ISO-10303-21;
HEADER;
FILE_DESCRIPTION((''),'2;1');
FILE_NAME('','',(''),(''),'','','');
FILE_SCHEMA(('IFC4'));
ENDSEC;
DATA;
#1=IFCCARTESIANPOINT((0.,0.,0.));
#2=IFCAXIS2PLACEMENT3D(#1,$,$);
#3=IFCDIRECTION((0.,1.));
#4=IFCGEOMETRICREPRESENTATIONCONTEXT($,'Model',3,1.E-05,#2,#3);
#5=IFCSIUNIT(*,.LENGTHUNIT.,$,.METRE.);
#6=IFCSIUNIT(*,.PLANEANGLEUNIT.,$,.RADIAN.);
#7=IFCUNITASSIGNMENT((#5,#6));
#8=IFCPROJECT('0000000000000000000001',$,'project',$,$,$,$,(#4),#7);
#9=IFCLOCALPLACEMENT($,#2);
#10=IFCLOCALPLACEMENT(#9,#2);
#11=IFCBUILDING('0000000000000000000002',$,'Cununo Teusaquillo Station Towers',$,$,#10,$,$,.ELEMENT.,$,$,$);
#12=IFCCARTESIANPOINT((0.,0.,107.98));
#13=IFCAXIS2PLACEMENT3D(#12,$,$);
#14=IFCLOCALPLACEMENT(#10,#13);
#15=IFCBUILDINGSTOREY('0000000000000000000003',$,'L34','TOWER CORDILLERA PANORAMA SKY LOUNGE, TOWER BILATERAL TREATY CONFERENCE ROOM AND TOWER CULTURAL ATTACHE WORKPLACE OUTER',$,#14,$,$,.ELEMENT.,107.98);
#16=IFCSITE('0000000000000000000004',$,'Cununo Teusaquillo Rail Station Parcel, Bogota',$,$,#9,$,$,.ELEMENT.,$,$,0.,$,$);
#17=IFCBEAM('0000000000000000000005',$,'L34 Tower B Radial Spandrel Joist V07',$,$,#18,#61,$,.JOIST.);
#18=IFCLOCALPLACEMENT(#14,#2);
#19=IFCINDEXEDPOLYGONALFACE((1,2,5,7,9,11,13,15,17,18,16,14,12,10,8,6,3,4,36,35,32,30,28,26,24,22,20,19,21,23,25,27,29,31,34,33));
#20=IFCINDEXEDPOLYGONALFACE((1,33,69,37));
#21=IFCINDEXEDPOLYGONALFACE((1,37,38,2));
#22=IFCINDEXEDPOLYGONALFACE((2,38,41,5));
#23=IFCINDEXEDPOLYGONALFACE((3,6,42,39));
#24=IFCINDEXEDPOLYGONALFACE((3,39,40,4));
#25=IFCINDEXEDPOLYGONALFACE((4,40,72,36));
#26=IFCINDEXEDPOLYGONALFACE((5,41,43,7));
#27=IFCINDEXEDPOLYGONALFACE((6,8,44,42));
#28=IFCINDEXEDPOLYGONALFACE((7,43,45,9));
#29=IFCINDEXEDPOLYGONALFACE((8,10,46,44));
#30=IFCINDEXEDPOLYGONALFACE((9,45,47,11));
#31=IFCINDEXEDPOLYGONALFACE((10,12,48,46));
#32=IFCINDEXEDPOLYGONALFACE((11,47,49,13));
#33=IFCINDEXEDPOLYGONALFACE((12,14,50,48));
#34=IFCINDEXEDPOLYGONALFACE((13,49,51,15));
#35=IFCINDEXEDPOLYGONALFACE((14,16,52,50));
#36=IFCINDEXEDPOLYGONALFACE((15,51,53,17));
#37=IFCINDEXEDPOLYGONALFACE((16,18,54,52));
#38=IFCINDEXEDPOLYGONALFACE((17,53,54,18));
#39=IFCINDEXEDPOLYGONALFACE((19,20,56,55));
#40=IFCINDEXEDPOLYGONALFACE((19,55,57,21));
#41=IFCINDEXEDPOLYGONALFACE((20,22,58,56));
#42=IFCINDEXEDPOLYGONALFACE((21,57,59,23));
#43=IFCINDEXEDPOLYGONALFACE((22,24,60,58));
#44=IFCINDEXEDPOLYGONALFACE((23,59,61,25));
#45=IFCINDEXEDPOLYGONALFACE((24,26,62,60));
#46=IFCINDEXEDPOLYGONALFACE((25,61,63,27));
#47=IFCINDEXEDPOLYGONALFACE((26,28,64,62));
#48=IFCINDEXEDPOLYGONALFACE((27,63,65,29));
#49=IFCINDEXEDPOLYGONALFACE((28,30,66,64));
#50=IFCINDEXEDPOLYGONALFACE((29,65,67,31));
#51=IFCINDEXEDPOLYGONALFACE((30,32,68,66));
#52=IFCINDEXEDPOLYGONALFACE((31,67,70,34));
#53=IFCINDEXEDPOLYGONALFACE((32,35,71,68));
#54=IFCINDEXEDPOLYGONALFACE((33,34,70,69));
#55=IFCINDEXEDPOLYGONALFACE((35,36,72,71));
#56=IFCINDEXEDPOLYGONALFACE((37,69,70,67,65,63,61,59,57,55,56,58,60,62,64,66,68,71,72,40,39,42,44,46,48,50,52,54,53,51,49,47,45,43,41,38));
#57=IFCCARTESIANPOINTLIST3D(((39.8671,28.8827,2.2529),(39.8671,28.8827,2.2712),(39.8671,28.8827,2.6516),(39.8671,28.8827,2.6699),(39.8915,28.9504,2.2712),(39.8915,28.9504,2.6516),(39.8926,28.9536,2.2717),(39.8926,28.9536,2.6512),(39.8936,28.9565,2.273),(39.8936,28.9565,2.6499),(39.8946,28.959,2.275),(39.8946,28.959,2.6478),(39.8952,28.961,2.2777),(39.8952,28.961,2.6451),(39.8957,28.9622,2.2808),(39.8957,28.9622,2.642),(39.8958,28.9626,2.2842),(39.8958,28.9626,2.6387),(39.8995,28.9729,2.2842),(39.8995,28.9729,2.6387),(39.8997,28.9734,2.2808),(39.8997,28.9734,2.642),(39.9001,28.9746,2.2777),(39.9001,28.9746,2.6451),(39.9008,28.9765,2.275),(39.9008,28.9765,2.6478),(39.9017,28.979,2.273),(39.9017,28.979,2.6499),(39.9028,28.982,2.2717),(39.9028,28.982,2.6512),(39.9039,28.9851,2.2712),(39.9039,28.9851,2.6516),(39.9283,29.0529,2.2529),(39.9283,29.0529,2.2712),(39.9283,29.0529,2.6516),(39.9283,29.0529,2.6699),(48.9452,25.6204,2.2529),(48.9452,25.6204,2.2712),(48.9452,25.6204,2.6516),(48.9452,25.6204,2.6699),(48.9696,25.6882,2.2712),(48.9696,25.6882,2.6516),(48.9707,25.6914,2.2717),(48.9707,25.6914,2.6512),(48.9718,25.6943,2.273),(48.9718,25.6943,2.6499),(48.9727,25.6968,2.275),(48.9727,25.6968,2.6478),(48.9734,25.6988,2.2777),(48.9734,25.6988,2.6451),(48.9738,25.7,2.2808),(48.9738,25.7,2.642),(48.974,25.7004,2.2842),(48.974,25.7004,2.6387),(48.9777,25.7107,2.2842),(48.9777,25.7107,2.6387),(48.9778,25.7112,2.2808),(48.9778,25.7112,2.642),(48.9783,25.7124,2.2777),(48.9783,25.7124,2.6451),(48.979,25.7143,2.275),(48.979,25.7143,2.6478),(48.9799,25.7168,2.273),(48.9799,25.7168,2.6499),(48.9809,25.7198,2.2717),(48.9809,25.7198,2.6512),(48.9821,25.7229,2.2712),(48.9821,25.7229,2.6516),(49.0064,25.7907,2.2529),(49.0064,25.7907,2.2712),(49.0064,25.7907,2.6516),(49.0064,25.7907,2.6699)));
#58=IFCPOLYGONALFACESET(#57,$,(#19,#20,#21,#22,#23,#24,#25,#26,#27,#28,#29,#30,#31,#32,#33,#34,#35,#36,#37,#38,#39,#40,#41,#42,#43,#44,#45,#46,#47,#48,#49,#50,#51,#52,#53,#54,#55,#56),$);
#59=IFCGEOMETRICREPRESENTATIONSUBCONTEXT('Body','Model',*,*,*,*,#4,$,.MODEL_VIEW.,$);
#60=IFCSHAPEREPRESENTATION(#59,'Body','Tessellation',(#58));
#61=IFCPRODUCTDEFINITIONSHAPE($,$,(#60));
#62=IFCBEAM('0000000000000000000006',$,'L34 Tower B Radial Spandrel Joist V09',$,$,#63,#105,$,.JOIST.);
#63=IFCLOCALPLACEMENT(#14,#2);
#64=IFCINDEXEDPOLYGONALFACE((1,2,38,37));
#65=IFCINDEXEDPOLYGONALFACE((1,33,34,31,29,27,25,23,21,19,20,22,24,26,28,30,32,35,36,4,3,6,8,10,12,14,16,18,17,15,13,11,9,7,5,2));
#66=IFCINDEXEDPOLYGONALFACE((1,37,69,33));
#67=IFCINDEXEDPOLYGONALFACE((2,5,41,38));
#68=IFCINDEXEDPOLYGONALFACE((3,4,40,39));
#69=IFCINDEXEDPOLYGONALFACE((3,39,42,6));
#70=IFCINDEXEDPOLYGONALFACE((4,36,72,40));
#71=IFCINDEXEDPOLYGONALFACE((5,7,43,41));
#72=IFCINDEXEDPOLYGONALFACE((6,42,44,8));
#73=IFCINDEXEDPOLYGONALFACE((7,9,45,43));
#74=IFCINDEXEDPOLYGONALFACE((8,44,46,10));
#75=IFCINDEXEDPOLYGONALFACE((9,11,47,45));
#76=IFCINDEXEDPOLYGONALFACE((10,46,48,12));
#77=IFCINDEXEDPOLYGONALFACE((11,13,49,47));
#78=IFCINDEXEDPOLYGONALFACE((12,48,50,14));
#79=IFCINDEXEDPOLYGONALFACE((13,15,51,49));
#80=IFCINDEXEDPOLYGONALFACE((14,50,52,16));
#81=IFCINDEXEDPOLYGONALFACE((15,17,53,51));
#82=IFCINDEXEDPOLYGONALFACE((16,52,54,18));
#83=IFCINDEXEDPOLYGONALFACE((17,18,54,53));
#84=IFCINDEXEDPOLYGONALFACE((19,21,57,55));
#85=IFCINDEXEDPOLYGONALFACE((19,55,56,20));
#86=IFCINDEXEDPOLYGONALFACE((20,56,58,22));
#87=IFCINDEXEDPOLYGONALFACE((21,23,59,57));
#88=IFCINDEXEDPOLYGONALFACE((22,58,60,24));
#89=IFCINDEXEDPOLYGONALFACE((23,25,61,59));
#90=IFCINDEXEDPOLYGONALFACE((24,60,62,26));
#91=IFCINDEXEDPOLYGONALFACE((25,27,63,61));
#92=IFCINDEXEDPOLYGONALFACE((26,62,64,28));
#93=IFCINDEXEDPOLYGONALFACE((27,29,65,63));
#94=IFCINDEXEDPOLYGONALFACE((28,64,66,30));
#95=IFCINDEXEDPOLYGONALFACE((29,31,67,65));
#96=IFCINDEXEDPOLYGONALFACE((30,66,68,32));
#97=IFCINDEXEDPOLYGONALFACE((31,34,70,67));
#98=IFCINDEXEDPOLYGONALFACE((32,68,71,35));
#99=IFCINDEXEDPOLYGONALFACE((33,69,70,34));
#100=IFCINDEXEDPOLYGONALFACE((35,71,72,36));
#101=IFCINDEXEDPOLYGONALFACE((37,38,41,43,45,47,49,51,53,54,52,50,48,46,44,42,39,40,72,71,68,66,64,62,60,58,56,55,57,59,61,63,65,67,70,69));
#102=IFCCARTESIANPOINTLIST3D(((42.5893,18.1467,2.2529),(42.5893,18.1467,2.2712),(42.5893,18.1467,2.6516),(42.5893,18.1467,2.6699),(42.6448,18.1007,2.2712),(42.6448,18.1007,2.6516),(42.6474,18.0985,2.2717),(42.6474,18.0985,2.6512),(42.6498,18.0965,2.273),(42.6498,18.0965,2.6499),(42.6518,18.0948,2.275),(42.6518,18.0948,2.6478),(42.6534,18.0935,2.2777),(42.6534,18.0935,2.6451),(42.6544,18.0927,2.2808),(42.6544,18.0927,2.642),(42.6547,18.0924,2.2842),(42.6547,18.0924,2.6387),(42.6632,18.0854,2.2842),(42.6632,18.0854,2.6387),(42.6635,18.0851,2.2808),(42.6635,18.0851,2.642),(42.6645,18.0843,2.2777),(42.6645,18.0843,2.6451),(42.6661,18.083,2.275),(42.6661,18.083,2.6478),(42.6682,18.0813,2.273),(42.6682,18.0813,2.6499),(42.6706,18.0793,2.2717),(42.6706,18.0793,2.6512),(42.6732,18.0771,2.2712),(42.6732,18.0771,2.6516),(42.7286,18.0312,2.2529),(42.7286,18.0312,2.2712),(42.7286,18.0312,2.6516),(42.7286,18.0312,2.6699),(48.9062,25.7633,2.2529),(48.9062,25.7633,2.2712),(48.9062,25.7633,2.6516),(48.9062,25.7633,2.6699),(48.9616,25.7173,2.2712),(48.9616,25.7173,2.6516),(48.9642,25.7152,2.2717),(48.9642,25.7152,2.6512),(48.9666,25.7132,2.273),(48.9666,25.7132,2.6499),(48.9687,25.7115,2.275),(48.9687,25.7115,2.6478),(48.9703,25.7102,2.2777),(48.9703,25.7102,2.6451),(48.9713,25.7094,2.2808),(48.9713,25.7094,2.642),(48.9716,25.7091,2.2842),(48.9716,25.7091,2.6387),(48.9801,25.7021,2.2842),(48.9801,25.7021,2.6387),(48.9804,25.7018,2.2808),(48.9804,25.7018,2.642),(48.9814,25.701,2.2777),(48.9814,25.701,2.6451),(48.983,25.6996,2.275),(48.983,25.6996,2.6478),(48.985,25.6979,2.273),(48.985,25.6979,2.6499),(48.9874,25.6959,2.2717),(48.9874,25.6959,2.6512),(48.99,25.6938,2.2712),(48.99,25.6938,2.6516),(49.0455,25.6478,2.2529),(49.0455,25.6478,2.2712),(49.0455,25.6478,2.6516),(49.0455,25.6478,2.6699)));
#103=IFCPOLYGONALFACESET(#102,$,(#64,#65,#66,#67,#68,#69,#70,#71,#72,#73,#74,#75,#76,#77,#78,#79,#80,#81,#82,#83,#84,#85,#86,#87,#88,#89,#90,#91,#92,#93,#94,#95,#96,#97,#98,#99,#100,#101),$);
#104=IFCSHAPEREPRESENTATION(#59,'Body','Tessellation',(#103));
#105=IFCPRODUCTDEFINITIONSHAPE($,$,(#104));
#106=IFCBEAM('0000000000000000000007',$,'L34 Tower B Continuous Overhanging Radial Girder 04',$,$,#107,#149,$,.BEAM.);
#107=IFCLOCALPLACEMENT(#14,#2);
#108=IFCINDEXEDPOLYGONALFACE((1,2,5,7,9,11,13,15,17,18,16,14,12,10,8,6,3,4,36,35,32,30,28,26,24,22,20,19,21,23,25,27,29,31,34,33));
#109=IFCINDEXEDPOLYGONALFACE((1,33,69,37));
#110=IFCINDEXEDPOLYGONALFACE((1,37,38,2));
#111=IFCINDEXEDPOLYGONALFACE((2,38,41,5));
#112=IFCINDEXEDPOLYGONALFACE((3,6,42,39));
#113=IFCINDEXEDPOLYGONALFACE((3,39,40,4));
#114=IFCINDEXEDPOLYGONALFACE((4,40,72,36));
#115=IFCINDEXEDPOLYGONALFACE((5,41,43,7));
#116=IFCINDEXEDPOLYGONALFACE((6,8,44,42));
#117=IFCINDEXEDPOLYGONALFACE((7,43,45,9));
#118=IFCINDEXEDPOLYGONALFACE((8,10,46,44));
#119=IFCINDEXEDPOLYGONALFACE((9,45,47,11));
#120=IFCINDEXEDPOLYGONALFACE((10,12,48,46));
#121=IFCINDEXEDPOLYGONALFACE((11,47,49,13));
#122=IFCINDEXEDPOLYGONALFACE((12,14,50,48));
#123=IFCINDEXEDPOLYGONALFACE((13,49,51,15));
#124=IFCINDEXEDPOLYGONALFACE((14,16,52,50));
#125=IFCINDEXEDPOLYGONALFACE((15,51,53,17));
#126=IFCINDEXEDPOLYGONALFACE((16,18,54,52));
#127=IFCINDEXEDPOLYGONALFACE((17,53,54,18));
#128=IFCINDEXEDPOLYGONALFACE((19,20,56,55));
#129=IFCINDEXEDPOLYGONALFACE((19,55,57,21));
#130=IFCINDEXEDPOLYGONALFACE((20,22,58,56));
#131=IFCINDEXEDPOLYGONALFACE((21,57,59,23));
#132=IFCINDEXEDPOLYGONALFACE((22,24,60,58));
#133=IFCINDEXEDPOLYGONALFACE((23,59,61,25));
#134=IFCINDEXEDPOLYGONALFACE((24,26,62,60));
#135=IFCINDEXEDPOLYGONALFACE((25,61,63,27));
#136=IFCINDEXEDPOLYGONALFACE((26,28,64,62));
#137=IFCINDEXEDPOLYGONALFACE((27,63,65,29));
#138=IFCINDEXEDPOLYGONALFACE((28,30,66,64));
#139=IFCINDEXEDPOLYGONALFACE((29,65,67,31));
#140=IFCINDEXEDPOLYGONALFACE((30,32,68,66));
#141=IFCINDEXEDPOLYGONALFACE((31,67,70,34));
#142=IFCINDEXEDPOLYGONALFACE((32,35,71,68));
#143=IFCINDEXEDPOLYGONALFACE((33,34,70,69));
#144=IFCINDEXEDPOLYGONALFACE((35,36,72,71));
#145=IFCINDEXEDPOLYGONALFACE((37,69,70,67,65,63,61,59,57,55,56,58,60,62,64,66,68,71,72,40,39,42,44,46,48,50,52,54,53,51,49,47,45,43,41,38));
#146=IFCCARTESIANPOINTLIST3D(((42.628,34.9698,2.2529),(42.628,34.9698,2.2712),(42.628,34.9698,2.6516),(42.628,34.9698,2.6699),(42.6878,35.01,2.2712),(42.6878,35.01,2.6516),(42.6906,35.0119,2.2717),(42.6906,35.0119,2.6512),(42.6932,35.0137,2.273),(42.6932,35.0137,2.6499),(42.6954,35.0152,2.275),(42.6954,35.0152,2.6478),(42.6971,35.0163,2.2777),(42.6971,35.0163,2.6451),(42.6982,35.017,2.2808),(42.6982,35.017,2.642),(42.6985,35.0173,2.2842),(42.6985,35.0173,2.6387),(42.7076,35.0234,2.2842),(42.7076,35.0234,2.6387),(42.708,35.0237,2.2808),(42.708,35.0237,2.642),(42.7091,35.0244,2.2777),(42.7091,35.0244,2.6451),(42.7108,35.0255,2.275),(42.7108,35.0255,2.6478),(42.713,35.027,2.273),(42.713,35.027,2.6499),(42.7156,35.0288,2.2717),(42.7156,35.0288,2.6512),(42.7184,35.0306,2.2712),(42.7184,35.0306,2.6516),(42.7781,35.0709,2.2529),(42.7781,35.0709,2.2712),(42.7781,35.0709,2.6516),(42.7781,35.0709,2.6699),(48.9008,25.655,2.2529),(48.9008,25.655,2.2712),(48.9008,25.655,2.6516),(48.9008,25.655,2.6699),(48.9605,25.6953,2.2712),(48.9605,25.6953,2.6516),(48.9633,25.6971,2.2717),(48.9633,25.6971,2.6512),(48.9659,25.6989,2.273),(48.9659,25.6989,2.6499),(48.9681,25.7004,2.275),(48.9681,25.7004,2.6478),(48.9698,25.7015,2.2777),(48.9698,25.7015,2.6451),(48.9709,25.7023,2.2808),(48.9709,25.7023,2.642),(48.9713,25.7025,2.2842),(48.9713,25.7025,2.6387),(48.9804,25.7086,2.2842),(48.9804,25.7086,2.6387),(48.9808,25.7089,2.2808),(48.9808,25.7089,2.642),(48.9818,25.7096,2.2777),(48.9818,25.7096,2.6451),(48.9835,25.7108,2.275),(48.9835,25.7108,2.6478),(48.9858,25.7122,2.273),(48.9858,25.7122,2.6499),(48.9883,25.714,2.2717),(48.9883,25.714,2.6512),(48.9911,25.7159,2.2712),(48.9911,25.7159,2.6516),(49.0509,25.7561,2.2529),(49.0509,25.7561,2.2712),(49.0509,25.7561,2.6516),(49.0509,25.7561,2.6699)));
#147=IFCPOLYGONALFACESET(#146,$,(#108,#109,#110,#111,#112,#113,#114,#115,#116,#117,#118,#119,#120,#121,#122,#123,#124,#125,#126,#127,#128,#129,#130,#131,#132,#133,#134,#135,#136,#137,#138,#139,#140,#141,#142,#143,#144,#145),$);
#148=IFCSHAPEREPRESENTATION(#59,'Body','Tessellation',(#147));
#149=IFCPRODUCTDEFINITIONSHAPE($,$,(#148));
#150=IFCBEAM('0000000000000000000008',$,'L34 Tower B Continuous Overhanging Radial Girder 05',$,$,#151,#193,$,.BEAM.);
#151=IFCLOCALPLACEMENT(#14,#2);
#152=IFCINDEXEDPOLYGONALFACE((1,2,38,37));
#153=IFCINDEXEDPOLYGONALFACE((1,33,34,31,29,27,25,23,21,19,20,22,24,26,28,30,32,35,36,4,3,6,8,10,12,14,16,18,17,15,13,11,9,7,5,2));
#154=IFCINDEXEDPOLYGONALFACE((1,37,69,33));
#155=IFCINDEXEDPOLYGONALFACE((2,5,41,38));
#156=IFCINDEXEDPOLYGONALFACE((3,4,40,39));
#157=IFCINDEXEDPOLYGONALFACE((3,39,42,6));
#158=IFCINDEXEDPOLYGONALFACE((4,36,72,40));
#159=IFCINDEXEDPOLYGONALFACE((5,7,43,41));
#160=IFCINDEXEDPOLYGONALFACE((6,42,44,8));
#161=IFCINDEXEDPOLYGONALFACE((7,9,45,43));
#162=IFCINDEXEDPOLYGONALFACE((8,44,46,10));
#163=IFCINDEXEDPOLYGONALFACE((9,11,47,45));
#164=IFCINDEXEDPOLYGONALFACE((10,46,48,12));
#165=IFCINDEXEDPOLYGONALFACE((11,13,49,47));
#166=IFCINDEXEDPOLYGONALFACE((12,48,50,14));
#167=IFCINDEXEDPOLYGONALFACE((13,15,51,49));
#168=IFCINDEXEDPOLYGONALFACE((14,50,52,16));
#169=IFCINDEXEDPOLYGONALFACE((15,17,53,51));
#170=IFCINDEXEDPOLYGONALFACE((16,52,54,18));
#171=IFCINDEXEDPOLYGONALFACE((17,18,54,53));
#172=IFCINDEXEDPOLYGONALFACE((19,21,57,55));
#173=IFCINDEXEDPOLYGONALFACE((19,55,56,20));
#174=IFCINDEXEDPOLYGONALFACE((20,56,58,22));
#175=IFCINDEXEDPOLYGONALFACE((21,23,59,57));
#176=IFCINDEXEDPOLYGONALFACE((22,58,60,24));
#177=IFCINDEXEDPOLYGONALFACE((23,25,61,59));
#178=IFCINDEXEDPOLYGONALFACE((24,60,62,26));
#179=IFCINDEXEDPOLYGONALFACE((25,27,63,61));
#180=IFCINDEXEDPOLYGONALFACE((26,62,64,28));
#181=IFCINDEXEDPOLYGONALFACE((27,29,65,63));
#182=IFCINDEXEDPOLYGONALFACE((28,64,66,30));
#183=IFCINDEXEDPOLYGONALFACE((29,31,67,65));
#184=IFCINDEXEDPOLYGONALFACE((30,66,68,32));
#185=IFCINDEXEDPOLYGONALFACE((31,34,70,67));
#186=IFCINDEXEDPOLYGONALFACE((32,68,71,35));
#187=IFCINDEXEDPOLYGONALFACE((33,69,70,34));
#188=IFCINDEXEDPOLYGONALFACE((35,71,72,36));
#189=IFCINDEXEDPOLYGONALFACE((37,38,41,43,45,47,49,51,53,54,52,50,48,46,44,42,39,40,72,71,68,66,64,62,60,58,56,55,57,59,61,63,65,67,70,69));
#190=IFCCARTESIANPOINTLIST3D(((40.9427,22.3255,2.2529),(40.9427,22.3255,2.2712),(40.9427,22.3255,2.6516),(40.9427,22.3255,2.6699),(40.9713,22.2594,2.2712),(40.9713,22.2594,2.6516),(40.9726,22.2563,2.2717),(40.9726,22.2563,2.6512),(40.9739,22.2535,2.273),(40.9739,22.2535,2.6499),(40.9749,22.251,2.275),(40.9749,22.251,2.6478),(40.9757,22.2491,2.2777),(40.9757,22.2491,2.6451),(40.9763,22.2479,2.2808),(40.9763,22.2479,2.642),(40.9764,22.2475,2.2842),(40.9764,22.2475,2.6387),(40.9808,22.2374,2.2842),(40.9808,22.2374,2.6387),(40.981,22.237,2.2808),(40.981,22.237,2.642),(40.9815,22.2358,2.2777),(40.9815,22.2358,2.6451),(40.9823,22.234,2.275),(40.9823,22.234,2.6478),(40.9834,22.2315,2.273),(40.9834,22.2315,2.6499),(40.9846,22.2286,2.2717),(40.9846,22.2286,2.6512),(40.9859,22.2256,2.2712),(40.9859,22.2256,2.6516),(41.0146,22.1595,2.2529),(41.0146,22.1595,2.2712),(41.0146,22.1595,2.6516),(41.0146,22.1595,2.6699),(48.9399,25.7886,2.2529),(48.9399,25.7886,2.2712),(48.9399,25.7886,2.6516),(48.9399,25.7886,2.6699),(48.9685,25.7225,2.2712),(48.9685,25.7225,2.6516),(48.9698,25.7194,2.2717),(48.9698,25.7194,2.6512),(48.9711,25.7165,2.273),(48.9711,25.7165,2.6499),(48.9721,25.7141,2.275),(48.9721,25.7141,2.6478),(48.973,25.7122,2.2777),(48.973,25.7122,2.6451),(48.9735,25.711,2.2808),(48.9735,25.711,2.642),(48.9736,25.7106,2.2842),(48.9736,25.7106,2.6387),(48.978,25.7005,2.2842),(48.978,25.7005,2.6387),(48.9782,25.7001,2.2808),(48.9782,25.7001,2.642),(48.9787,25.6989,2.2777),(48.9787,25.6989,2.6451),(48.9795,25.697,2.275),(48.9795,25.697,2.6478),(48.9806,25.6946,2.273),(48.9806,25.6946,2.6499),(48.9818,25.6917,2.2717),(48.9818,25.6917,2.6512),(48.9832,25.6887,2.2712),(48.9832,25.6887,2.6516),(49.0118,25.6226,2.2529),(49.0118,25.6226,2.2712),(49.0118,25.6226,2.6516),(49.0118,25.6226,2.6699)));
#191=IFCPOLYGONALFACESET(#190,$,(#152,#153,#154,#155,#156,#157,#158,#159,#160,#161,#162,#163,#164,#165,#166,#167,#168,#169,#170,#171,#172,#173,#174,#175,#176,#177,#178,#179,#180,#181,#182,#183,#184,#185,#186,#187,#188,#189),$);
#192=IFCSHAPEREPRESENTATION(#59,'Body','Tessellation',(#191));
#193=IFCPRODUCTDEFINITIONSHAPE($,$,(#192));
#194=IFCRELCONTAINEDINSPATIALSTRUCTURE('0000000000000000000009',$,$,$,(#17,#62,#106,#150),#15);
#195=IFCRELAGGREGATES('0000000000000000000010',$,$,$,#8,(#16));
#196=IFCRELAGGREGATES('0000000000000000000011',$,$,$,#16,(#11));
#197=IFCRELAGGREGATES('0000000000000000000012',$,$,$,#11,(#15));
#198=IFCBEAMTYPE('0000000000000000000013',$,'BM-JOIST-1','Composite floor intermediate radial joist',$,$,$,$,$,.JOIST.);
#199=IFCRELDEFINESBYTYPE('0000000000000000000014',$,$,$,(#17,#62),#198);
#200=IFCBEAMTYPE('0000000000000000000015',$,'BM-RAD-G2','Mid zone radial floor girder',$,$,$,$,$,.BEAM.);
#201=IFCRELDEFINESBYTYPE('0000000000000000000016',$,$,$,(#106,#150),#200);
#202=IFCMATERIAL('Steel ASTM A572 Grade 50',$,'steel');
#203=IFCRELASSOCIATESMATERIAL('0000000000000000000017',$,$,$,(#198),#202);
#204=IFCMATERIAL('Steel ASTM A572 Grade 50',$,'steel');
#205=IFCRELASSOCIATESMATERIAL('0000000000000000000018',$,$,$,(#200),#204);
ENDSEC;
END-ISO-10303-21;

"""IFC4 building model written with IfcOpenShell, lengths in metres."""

from ifc_helpers import new_model, si_unit, direction, frame, origin, origin_2d, place, context, subcontext, project, spatial, i_section, extrude, material, material_profile, profile_set, type_object, element, save


model = new_model("IFC4")

# Units and contexts
model_context = context("Model", 3, precision=1e-05, world=origin(), true_north=direction((0.0, 1.0)))
body_context = subcontext(model_context, "Body", "Model", "MODEL_VIEW")
ifc_project = project(units=[si_unit("LENGTHUNIT", "METRE"), si_unit("PLANEANGLEUNIT", "RADIAN")], contexts=[model_context])

# Site, building, storey
site_placement = place(None, origin())
site = spatial("IfcSite", under=ifc_project, at=site_placement, Name="Cununo Teusaquillo Rail Station Parcel, Bogota", CompositionType="ELEMENT", RefElevation=0.0)
building_placement = place(site_placement, origin())
building = spatial("IfcBuilding", under=site, at=building_placement, Name="Cununo Teusaquillo Station Towers", CompositionType="ELEMENT")
storey_placement = place(building_placement, frame((0.0, 0.0, 107.98)))
storey = spatial("IfcBuildingStorey", under=building, at=storey_placement, Name="L34", Description="TOWER CORDILLERA PANORAMA SKY LOUNGE, TOWER BILATERAL TREATY CONFERENCE ROOM AND TOWER CULTURAL ATTACHE WORKPLACE OUTER", CompositionType="ELEMENT", Elevation=107.98)

# Beams
ifc_material_1 = material(Name="Steel ASTM A572 Grade 50", Category="steel")
ifc_material_profile_1 = material_profile(ifc_material_1, i_section(OverallWidth=0.1809, OverallDepth=0.417, WebThickness=0.011, FlangeThickness=0.0183, FilletRadius=0.0129, at=origin_2d()), Name="W16X57")
ifc_profile_set_1 = profile_set([ifc_material_profile_1], Name="Steel ASTM A572 Grade 50")
beam_type_1 = type_object("IfcBeamType", Name="BM-JOIST-1", Description="Composite floor intermediate radial joist", PredefinedType="JOIST", material=ifc_profile_set_1)
beam_1_placement = place(storey_placement, frame((48.9758, 25.7056, 2.4614), z_axis=(-0.941083, 0.338176, 0.0), x_axis=(-0.338176, -0.941083, 0.0)))
element("IfcBeam", 1, at=beam_1_placement, inside=storey, type_object=beam_type_1, Name="L34 Tower B Radial Spandrel Joist V07", PredefinedType="JOIST", context=body_context, shape_type="SweptSolid", body=[
    extrude(i_section(OverallWidth=0.1809, OverallDepth=0.417, WebThickness=0.011, FlangeThickness=0.0183, FilletRadius=0.0129, at=origin_2d()), origin(), (0.0, 0.0, 1.0), 9.6465),
])
beam_2_placement = place(storey_placement, frame((48.9758, 25.7056, 2.4614), z_axis=(-0.638372, -0.769728, 0.0), x_axis=(0.769728, -0.638372, 0.0)))
element("IfcBeam", 2, at=beam_2_placement, inside=storey, type_object=beam_type_1, Name="L34 Tower B Radial Spandrel Joist V09", PredefinedType="JOIST", context=body_context, shape_type="SweptSolid", body=[
    extrude(i_section(OverallWidth=0.1809, OverallDepth=0.417, WebThickness=0.011, FlangeThickness=0.0183, FilletRadius=0.0129, at=origin_2d()), origin(), (0.0, 0.0, 1.0), 9.8953),
])
ifc_material_2 = material(Name="Steel ASTM A572 Grade 50", Category="steel")
ifc_material_profile_2 = material_profile(ifc_material_2, i_section(OverallWidth=0.1809, OverallDepth=0.417, WebThickness=0.011, FlangeThickness=0.0183, FilletRadius=0.0129, at=origin_2d()), Name="W16X57")
ifc_profile_set_2 = profile_set([ifc_material_profile_2], Name="Steel ASTM A572 Grade 50")
beam_type_2 = type_object("IfcBeamType", Name="BM-RAD-G2", Description="Mid zone radial floor girder", PredefinedType="BEAM", material=ifc_profile_set_2)
beam_3_placement = place(storey_placement, frame((48.9758, 25.7056, 2.4614), z_axis=(-0.558572, 0.829456, 0.0), x_axis=(-0.829456, -0.558572, 0.0)))
element("IfcBeam", 3, at=beam_3_placement, inside=storey, type_object=beam_type_2, Name="L34 Tower B Continuous Overhanging Radial Girder 04", PredefinedType="BEAM", context=body_context, shape_type="SweptSolid", body=[
    extrude(i_section(OverallWidth=0.1809, OverallDepth=0.417, WebThickness=0.011, FlangeThickness=0.0183, FilletRadius=0.0129, at=origin_2d()), origin(), (0.0, 0.0, 1.0), 11.23),
])
beam_4_placement = place(storey_placement, frame((48.9758, 25.7056, 2.4614), z_axis=(-0.917655, -0.397379, 0.0), x_axis=(0.397379, -0.917655, 0.0)))
element("IfcBeam", 4, at=beam_4_placement, inside=storey, type_object=beam_type_2, Name="L34 Tower B Continuous Overhanging Radial Girder 05", PredefinedType="BEAM", context=body_context, shape_type="SweptSolid", body=[
    extrude(i_section(OverallWidth=0.1809, OverallDepth=0.417, WebThickness=0.011, FlangeThickness=0.0183, FilletRadius=0.0129, at=origin_2d()), origin(), (0.0, 0.0, 1.0), 8.7148),
])

save(model, "model.ifc")
